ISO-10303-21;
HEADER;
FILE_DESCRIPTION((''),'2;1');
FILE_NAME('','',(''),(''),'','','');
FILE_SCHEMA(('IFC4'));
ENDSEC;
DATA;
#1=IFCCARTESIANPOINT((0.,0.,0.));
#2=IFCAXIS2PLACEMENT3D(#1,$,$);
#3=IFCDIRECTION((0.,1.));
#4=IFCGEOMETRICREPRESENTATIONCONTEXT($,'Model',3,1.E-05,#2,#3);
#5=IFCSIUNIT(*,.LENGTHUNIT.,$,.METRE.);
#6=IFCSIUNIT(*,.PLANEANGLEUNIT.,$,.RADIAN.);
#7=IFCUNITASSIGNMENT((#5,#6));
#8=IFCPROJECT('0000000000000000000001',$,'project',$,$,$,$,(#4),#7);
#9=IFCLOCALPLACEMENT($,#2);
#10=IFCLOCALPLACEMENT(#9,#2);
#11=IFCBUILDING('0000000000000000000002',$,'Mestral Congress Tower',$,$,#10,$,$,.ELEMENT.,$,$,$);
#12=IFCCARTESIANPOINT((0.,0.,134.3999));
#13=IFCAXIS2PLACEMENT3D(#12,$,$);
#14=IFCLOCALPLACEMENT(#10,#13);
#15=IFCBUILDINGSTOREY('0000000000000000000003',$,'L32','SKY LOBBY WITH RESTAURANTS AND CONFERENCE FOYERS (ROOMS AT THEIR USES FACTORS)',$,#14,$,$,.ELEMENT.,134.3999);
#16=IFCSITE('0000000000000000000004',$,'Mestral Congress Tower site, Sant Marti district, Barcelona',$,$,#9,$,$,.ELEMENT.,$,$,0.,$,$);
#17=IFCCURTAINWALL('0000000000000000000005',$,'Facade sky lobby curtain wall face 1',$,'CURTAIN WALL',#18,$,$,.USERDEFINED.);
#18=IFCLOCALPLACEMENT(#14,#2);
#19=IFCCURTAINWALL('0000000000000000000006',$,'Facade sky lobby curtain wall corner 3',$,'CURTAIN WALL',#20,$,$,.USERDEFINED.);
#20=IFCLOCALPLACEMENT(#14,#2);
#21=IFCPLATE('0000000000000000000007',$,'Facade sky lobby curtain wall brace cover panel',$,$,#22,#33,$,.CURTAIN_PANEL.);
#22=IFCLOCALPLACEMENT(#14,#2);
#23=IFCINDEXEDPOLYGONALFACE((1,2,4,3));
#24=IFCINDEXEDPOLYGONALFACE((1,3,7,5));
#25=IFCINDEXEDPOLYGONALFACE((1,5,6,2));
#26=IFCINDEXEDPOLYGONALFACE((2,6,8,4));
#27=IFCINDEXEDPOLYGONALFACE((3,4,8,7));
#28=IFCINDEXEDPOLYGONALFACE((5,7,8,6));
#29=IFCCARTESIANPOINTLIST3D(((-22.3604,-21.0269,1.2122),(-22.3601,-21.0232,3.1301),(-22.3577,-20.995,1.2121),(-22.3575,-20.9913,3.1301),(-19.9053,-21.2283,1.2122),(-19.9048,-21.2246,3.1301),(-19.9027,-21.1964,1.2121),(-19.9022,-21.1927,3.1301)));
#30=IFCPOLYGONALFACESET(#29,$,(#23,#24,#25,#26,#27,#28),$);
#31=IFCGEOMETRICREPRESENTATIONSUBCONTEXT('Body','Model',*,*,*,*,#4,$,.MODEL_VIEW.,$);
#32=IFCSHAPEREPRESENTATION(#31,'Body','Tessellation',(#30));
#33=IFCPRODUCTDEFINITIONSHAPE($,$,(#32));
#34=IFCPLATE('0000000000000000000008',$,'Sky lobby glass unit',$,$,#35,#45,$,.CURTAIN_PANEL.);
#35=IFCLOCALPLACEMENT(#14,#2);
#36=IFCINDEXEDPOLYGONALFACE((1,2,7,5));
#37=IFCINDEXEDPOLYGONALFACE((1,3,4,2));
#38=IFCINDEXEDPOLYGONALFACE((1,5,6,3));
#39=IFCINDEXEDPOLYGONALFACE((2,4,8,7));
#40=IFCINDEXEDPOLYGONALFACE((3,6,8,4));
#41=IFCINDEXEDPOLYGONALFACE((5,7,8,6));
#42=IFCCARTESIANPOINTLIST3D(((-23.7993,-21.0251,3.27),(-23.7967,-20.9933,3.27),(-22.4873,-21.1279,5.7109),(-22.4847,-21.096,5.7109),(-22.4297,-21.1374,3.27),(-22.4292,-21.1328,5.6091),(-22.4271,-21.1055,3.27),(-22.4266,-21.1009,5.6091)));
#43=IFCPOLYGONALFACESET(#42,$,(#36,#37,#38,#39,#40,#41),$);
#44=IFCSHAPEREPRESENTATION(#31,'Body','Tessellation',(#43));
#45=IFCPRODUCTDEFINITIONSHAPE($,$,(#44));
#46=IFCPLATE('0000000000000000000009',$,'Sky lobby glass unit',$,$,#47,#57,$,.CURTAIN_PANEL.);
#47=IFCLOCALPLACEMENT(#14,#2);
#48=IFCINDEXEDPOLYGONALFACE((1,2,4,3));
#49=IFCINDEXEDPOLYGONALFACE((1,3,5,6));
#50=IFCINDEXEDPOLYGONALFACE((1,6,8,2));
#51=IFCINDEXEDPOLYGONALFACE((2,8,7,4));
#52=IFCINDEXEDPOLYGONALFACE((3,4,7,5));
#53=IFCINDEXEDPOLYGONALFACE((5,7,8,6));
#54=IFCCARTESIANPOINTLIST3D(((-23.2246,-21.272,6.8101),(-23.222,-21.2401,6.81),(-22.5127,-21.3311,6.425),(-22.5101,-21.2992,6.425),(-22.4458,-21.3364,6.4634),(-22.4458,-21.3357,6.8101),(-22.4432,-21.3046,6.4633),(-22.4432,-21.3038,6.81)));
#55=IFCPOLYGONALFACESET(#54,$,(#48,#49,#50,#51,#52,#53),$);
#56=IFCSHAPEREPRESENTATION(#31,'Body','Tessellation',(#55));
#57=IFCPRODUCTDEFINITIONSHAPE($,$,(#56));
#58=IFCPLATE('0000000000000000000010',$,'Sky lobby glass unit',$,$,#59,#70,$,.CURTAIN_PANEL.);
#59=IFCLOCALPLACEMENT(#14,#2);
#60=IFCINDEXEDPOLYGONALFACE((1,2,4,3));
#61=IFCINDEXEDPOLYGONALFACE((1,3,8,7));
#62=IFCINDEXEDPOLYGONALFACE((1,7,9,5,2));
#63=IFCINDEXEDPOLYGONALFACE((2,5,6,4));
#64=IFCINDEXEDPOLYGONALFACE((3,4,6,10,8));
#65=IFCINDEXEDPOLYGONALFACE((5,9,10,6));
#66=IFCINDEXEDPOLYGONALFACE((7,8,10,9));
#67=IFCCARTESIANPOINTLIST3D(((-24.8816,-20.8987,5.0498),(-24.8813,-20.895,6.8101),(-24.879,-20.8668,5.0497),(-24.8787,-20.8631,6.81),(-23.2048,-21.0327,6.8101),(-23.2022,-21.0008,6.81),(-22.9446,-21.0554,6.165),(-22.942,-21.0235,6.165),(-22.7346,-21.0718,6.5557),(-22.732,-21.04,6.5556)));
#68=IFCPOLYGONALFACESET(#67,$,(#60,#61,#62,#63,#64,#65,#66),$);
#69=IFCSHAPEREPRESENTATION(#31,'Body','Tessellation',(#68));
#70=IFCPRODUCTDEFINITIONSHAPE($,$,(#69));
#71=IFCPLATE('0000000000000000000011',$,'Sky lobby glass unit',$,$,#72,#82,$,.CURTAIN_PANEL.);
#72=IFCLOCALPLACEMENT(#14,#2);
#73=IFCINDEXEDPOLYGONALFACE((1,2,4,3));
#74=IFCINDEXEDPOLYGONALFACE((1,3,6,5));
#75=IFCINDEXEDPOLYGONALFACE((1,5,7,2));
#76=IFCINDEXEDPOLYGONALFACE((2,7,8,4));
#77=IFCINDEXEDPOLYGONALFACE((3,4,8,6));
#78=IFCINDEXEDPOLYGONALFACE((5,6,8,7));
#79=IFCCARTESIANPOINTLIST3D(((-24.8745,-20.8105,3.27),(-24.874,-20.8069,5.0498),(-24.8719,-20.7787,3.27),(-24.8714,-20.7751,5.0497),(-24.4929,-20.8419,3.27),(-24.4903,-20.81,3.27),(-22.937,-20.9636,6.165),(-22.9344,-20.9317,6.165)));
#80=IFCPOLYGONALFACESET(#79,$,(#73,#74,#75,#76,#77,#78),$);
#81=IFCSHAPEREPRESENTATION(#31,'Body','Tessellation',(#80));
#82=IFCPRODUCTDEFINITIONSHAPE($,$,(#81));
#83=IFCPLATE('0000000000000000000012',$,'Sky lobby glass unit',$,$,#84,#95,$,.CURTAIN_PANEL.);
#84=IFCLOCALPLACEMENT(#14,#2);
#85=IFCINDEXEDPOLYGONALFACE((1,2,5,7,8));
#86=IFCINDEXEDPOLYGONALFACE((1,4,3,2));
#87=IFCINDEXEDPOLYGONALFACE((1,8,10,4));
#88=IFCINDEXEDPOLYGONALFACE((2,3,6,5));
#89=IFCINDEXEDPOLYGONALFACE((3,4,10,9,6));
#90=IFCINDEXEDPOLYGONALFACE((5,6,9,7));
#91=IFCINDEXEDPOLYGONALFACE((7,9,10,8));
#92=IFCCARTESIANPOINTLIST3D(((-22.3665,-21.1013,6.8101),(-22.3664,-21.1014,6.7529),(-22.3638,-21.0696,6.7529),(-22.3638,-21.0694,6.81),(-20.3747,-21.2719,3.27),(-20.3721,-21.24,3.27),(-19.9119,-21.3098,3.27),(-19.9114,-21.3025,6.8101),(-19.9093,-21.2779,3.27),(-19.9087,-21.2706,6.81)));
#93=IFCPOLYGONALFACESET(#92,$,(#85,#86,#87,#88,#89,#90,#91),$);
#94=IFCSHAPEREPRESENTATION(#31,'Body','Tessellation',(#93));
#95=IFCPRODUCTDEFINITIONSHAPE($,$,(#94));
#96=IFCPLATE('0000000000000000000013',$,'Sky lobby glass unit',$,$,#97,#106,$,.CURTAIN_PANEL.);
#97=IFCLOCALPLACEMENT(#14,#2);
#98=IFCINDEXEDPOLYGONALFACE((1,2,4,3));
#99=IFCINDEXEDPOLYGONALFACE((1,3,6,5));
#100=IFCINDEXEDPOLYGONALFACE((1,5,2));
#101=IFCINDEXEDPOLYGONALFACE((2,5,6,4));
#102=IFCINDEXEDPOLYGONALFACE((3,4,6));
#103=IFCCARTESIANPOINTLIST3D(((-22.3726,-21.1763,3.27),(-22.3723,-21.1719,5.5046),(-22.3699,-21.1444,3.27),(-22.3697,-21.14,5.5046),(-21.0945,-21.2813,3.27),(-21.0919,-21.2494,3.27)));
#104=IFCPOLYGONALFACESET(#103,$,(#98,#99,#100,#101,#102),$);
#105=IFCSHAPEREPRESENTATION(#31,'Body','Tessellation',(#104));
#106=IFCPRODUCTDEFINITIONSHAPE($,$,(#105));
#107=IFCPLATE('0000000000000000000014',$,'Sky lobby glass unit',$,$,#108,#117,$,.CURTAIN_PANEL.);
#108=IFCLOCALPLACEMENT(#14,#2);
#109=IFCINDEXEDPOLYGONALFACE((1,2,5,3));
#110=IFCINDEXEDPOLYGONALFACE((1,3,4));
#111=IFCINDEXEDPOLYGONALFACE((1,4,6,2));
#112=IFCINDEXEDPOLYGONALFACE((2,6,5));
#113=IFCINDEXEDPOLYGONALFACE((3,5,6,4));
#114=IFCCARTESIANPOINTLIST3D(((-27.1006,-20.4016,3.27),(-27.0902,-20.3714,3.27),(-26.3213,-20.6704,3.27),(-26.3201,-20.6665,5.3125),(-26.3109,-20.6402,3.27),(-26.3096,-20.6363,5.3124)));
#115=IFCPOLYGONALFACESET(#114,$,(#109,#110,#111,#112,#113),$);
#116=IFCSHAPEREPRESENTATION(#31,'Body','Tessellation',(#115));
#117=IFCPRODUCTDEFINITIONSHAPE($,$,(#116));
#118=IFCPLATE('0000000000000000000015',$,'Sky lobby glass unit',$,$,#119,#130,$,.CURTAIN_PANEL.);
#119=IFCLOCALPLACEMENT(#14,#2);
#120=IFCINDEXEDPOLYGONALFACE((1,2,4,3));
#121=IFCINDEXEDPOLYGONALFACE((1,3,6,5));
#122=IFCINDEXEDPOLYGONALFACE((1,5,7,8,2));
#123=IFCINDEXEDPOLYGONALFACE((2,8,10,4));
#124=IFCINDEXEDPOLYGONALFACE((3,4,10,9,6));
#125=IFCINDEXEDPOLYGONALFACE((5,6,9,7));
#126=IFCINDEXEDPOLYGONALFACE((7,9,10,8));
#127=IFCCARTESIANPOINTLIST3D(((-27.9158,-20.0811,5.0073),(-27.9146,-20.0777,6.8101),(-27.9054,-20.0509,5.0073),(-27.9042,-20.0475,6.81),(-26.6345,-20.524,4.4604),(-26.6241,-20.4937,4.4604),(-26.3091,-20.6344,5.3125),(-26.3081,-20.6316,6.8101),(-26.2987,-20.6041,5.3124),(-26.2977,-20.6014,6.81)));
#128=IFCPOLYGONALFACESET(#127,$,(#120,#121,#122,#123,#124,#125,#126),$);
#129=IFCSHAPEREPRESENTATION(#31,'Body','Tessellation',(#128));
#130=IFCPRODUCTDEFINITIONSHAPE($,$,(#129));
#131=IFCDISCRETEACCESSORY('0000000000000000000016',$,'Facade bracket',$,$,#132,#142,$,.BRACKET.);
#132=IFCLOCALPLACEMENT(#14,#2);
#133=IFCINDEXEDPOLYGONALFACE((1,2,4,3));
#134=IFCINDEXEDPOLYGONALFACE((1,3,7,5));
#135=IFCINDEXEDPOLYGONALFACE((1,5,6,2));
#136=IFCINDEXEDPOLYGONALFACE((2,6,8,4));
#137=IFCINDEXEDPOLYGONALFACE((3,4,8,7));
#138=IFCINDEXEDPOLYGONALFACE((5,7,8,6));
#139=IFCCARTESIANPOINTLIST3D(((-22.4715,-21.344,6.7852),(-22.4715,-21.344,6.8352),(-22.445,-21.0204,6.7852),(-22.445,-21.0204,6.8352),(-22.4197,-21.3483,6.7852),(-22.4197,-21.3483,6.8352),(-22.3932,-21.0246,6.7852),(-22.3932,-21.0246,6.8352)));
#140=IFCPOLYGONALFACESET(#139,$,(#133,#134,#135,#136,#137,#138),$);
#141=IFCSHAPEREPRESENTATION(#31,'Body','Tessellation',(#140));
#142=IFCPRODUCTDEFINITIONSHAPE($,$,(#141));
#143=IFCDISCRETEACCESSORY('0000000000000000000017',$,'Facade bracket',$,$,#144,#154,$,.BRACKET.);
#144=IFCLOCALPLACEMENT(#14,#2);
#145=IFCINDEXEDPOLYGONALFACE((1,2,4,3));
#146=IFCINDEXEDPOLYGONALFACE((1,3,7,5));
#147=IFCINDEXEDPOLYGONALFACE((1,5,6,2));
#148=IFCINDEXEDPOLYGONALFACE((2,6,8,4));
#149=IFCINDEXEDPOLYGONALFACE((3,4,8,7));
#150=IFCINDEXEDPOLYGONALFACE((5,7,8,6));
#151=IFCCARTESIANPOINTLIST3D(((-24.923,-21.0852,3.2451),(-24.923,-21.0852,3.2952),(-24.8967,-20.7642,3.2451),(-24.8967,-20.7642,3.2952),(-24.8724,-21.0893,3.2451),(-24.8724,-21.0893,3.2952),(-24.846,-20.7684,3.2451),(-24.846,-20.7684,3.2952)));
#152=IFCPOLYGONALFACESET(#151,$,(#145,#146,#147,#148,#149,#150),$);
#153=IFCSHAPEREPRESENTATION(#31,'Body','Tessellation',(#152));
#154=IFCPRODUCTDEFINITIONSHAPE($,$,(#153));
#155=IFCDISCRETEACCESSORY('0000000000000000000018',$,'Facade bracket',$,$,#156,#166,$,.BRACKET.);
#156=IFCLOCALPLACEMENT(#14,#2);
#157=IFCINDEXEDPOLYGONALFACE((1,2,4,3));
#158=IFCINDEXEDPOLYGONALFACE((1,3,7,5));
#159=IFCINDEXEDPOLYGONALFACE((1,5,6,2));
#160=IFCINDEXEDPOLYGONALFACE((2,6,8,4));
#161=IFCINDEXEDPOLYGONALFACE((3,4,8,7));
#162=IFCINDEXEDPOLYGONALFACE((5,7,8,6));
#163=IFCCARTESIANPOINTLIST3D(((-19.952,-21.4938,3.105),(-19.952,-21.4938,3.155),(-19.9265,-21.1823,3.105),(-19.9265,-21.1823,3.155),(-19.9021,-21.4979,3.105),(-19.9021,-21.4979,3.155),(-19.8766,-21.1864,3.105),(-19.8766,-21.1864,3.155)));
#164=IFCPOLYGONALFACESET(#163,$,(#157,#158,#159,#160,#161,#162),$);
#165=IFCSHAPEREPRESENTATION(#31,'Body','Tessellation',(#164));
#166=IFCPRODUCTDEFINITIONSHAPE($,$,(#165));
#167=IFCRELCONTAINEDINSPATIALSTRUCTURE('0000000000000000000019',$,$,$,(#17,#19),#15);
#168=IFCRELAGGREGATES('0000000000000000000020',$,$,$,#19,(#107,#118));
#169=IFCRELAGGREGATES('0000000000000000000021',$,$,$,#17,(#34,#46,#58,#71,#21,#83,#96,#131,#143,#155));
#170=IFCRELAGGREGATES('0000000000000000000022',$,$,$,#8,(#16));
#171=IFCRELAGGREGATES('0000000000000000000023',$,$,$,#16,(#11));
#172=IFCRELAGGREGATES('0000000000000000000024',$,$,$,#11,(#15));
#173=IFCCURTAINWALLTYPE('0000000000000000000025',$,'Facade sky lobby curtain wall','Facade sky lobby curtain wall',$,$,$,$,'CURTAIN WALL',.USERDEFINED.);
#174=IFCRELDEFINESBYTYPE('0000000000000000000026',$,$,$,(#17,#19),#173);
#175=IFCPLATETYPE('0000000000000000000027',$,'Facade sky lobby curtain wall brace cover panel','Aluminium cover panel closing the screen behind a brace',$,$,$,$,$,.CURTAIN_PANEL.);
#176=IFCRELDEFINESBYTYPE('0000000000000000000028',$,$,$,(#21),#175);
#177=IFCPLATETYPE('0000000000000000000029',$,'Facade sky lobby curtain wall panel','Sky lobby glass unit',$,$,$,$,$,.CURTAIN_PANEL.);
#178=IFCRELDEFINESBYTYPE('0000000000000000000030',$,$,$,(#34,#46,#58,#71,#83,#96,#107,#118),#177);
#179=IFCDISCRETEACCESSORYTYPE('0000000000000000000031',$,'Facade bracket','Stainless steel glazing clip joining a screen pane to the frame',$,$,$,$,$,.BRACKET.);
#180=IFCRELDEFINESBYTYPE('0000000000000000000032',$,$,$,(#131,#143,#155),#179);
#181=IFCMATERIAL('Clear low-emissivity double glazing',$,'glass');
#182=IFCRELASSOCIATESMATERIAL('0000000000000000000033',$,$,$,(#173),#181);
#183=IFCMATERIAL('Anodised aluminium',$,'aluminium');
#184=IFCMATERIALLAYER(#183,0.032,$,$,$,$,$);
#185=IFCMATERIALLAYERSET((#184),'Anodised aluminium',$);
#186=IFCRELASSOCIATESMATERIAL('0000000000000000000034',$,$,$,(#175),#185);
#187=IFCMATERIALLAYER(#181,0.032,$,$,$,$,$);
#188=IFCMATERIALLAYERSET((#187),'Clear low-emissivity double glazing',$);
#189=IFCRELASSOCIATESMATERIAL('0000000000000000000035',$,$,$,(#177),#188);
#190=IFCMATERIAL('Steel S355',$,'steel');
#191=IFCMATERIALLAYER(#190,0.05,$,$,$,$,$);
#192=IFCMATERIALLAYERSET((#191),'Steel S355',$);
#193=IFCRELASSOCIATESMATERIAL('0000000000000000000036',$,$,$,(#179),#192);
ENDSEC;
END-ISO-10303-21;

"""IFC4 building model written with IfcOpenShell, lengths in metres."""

from ifc_helpers import new_model, si_unit, direction, frame, origin, origin_2d, place, context, subcontext, project, spatial, polyline, rectangle, outline, extrude, material, layer, layer_set, type_object, element, aggregate, save


model = new_model("IFC4")

# Units and contexts
model_context = context("Model", 3, precision=1e-05, world=origin(), true_north=direction((0.0, 1.0)))
body_context = subcontext(model_context, "Body", "Model", "MODEL_VIEW")
ifc_project = project(units=[si_unit("LENGTHUNIT", "METRE"), si_unit("PLANEANGLEUNIT", "RADIAN")], contexts=[model_context])

# Site, building, storey
site_placement = place(None, origin())
site = spatial("IfcSite", under=ifc_project, at=site_placement, Name="Mestral Congress Tower site, Sant Marti district, Barcelona", CompositionType="ELEMENT", RefElevation=0.0)
building_placement = place(site_placement, origin())
building = spatial("IfcBuilding", under=site, at=building_placement, Name="Mestral Congress Tower", CompositionType="ELEMENT")
storey_placement = place(building_placement, frame((0.0, 0.0, 134.3999)))
storey = spatial("IfcBuildingStorey", under=building, at=storey_placement, Name="L32", Description="SKY LOBBY WITH RESTAURANTS AND CONFERENCE FOYERS (ROOMS AT THEIR USES FACTORS)", CompositionType="ELEMENT", Elevation=134.3999)

# Shared definitions
ifc_material_1 = material(Name="Steel S355", Category="steel")

# Curtain wall
ifc_material_2 = material(Name="Clear low-emissivity double glazing", Category="glass")
curtain_wall_type = type_object("IfcCurtainWallType", Name="Facade sky lobby curtain wall", Description="Facade sky lobby curtain wall", ElementType="CURTAIN WALL", PredefinedType="USERDEFINED", material=ifc_material_2)
placement = place(storey_placement, origin())
curtain_wall_1 = element("IfcCurtainWall", 1, at=placement, inside=storey, type_object=curtain_wall_type, Name="Facade sky lobby curtain wall face 1", ObjectType="CURTAIN WALL", PredefinedType="USERDEFINED")
ifc_material_3 = material(Name="Anodised aluminium", Category="aluminium")

# Curtain wall
curtain_wall_2 = element("IfcCurtainWall", 2, at=placement, inside=storey, type_object=curtain_wall_type, Name="Facade sky lobby curtain wall corner 3", ObjectType="CURTAIN WALL", PredefinedType="USERDEFINED")

# Plates
ifc_layer_1 = layer(ifc_material_3, 0.032)
ifc_layer_set_1 = layer_set([ifc_layer_1], Name="Anodised aluminium")
plate_type_1 = type_object("IfcPlateType", Name="Facade sky lobby curtain wall brace cover panel", Description="Aluminium cover panel closing the screen behind a brace", PredefinedType="CURTAIN_PANEL", material=ifc_layer_set_1)
plate_1_placement = place(storey_placement, frame((-19.9048, -21.2246, 3.1301), z_axis=(-0.081762, -0.99665, 0.001919), x_axis=(-0.000254, -0.001904, -0.999998)))
plate_1 = element("IfcPlate", 3, at=plate_1_placement, type_object=plate_type_1, Name="Facade sky lobby curtain wall brace cover panel", PredefinedType="CURTAIN_PANEL", context=body_context, shape_type="SweptSolid", body=[
    extrude(outline(polyline([(0.0, 0.0), (1.918, 0.0), (1.9182, -2.4633), (0.0002, -2.4636), (0.0, 0.0)])), origin(), (0.0, 0.0, -1.0), 0.032),
])
ifc_layer_2 = layer(ifc_material_2, 0.032)
ifc_layer_set_2 = layer_set([ifc_layer_2], Name="Clear low-emissivity double glazing")
plate_type_2 = type_object("IfcPlateType", Name="Facade sky lobby curtain wall panel", Description="Sky lobby glass unit", PredefinedType="CURTAIN_PANEL", material=ifc_layer_set_2)
plate_2_placement = place(storey_placement, frame((-23.7993, -21.0251, 3.27), z_axis=(-0.081665, -0.996658, 0.00196), x_axis=(0.473125, -0.037036, 0.880216)))
plate_2 = element("IfcPlate", 4, at=plate_2_placement, type_object=plate_type_2, Name="Sky lobby glass unit", PredefinedType="CURTAIN_PANEL", context=body_context, shape_type="SweptSolid", body=[
    extrude(outline(polyline([(0.0, 0.0), (2.7731, 0.0), (2.7111, -0.0996), (0.6522, -1.2096), (0.0, 0.0)])), origin(), (0.0, 0.0, -1.0), 0.032),
])
plate_3_placement = place(storey_placement, frame((-22.4458, -21.3357, 6.8101), z_axis=(-0.081523, -0.996669, 0.002156), x_axis=(-0.000004, -0.002163, -0.999998)))
plate_3 = element("IfcPlate", 5, at=plate_3_placement, type_object=plate_type_2, Name="Sky lobby glass unit", PredefinedType="CURTAIN_PANEL", context=body_context, shape_type="SweptSolid", body=[
    extrude(outline(polyline([(0.0, 0.0), (0.3467, 0.0), (0.385, -0.0671), (-0.0001, -0.7814), (0.0, 0.0)])), origin(), (0.0, 0.0, -1.0), 0.032),
])
plate_4_placement = place(storey_placement, frame((-24.8813, -20.895, 6.8101), z_axis=(-0.081838, -0.996643, 0.002081), x_axis=(0.996646, -0.081838, 0.0)))
plate_4 = element("IfcPlate", 6, at=plate_4_placement, type_object=plate_type_2, Name="Sky lobby glass unit", PredefinedType="CURTAIN_PANEL", context=body_context, shape_type="SweptSolid", body=[
    extrude(outline(polyline([(0.0, 0.0), (1.6822, 0.0), (2.154, -0.2544), (1.9434, -0.645), (0.0001, -1.7603), (0.0, 0.0)])), origin(), (0.0, 0.0, -1.0), 0.032),
])
plate_5_placement = place(storey_placement, frame((-22.937, -20.9636, 6.165), z_axis=(-0.081786, -0.996648, 0.002037), x_axis=(-0.473081, 0.037022, -0.880241)))
plate_5 = element("IfcPlate", 7, at=plate_5_placement, type_object=plate_type_2, Name="Sky lobby glass unit", PredefinedType="CURTAIN_PANEL", context=body_context, shape_type="SweptSolid", body=[
    extrude(outline(polyline([(0.0, 0.0), (3.2889, 0.0), (3.4706, -0.337), (1.9038, -1.1814), (0.0, 0.0)])), origin(), (0.0, 0.0, -1.0), 0.032),
])
plate_6_placement = place(storey_placement, frame((-22.3665, -21.1013, 6.8101), z_axis=(-0.081678, -0.996657, 0.002061), x_axis=(0.996659, -0.081678, 0.0)))
plate_6 = element("IfcPlate", 8, at=plate_6_placement, type_object=plate_type_2, Name="Sky lobby glass unit", PredefinedType="CURTAIN_PANEL", context=body_context, shape_type="SweptSolid", body=[
    extrude(outline(polyline([(0.0, 0.0), (2.4633, 0.0), (2.4634, -3.54), (1.999, -3.54), (0.0, -0.0571), (0.0, 0.0)])), origin(), (0.0, 0.0, -1.0), 0.032),
])
plate_7_placement = place(storey_placement, frame((-22.3726, -21.1763, 3.27), z_axis=(-0.081864, -0.996642, 0.001969), x_axis=(0.000109, 0.001967, 0.999998)))
plate_7 = element("IfcPlate", 9, at=plate_7_placement, type_object=plate_type_2, Name="Sky lobby glass unit", PredefinedType="CURTAIN_PANEL", context=body_context, shape_type="SweptSolid", body=[
    extrude(outline(polyline([(0.0, 0.0), (2.2346, 0.0), (-0.0001, -1.2824), (0.0, 0.0)])), origin(), (0.0, 0.0, -1.0), 0.032),
])
plate_8_placement = place(storey_placement, frame((-26.3213, -20.6704, 3.27), z_axis=(-0.326072, -0.945343, 0.002003), x_axis=(-0.945345, 0.326073, 0.0)))
plate_8 = element("IfcPlate", 10, at=plate_8_placement, type_object=plate_type_2, Name="Sky lobby glass unit", PredefinedType="CURTAIN_PANEL", context=body_context, shape_type="SweptSolid", body=[
    extrude(outline(polyline([(0.0, 0.0), (0.8244, 0.0), (0.0001, -2.0425), (0.0, 0.0)])), origin(), (0.0, 0.0, -1.0), 0.032),
])
plate_9_placement = place(storey_placement, frame((-26.3081, -20.6316, 6.8101), z_axis=(-0.32594, -0.945388, 0.00198), x_axis=(-0.000676, -0.001861, -0.999998)))
plate_9 = element("IfcPlate", 11, at=plate_9_placement, type_object=plate_type_2, Name="Sky lobby glass unit", PredefinedType="CURTAIN_PANEL", context=body_context, shape_type="SweptSolid", body=[
    extrude(outline(polyline([(0.0, 0.0), (1.4976, 0.0), (2.3496, -0.3436), (1.8028, -1.6993), (0.0001, -1.6993), (0.0, 0.0)])), origin(), (0.0, 0.0, -1.0), 0.032),
])
aggregate(curtain_wall_2, [plate_8, plate_9])

# Discrete accessories
ifc_layer_3 = layer(ifc_material_1, 0.05)
ifc_layer_set_3 = layer_set([ifc_layer_3], Name="Steel S355")
discrete_accessory_type = type_object("IfcDiscreteAccessoryType", Name="Facade bracket", Description="Stainless steel glazing clip joining a screen pane to the frame", PredefinedType="BRACKET", material=ifc_layer_set_3)
discrete_accessory_1_placement = place(storey_placement, frame((-22.4324, -21.1843, 6.7852), z_axis=(0.0, 0.0, 1.0), x_axis=(0.99666, -0.081664, 0.0)))
discrete_accessory_1 = element("IfcDiscreteAccessory", 12, at=discrete_accessory_1_placement, type_object=discrete_accessory_type, Name="Facade bracket", PredefinedType="BRACKET", context=body_context, shape_type="SweptSolid", body=[
    extrude(rectangle(XDim=0.052, YDim=0.3247, at=origin_2d()), origin(), (0.0, 0.0, 1.0), 0.05),
])
discrete_accessory_2_placement = place(storey_placement, frame((-24.8845, -20.9268, 3.2451), z_axis=(0.0, 0.0, 1.0), x_axis=(0.996649, -0.081794, 0.0)))
discrete_accessory_2 = element("IfcDiscreteAccessory", 13, at=discrete_accessory_2_placement, type_object=discrete_accessory_type, Name="Facade bracket", PredefinedType="BRACKET", context=body_context, shape_type="SweptSolid", body=[
    extrude(rectangle(XDim=0.0508, YDim=0.322, at=origin_2d()), origin(), (0.0, 0.0, 1.0), 0.05),
])
discrete_accessory_3_placement = place(storey_placement, frame((-19.9143, -21.3401, 3.105), z_axis=(0.0, 0.0, 1.0), x_axis=(0.996652, -0.081759, 0.0)))
discrete_accessory_3 = element("IfcDiscreteAccessory", 14, at=discrete_accessory_3_placement, type_object=discrete_accessory_type, Name="Facade bracket", PredefinedType="BRACKET", context=body_context, shape_type="SweptSolid", body=[
    extrude(rectangle(XDim=0.05, YDim=0.3125, at=origin_2d()), origin(), (0.0, 0.0, 1.0), 0.05),
])
aggregate(curtain_wall_1, [plate_2, plate_3, plate_4, plate_5, plate_1, plate_6, plate_7, discrete_accessory_1, discrete_accessory_2, discrete_accessory_3])

save(model, "model.ifc")
